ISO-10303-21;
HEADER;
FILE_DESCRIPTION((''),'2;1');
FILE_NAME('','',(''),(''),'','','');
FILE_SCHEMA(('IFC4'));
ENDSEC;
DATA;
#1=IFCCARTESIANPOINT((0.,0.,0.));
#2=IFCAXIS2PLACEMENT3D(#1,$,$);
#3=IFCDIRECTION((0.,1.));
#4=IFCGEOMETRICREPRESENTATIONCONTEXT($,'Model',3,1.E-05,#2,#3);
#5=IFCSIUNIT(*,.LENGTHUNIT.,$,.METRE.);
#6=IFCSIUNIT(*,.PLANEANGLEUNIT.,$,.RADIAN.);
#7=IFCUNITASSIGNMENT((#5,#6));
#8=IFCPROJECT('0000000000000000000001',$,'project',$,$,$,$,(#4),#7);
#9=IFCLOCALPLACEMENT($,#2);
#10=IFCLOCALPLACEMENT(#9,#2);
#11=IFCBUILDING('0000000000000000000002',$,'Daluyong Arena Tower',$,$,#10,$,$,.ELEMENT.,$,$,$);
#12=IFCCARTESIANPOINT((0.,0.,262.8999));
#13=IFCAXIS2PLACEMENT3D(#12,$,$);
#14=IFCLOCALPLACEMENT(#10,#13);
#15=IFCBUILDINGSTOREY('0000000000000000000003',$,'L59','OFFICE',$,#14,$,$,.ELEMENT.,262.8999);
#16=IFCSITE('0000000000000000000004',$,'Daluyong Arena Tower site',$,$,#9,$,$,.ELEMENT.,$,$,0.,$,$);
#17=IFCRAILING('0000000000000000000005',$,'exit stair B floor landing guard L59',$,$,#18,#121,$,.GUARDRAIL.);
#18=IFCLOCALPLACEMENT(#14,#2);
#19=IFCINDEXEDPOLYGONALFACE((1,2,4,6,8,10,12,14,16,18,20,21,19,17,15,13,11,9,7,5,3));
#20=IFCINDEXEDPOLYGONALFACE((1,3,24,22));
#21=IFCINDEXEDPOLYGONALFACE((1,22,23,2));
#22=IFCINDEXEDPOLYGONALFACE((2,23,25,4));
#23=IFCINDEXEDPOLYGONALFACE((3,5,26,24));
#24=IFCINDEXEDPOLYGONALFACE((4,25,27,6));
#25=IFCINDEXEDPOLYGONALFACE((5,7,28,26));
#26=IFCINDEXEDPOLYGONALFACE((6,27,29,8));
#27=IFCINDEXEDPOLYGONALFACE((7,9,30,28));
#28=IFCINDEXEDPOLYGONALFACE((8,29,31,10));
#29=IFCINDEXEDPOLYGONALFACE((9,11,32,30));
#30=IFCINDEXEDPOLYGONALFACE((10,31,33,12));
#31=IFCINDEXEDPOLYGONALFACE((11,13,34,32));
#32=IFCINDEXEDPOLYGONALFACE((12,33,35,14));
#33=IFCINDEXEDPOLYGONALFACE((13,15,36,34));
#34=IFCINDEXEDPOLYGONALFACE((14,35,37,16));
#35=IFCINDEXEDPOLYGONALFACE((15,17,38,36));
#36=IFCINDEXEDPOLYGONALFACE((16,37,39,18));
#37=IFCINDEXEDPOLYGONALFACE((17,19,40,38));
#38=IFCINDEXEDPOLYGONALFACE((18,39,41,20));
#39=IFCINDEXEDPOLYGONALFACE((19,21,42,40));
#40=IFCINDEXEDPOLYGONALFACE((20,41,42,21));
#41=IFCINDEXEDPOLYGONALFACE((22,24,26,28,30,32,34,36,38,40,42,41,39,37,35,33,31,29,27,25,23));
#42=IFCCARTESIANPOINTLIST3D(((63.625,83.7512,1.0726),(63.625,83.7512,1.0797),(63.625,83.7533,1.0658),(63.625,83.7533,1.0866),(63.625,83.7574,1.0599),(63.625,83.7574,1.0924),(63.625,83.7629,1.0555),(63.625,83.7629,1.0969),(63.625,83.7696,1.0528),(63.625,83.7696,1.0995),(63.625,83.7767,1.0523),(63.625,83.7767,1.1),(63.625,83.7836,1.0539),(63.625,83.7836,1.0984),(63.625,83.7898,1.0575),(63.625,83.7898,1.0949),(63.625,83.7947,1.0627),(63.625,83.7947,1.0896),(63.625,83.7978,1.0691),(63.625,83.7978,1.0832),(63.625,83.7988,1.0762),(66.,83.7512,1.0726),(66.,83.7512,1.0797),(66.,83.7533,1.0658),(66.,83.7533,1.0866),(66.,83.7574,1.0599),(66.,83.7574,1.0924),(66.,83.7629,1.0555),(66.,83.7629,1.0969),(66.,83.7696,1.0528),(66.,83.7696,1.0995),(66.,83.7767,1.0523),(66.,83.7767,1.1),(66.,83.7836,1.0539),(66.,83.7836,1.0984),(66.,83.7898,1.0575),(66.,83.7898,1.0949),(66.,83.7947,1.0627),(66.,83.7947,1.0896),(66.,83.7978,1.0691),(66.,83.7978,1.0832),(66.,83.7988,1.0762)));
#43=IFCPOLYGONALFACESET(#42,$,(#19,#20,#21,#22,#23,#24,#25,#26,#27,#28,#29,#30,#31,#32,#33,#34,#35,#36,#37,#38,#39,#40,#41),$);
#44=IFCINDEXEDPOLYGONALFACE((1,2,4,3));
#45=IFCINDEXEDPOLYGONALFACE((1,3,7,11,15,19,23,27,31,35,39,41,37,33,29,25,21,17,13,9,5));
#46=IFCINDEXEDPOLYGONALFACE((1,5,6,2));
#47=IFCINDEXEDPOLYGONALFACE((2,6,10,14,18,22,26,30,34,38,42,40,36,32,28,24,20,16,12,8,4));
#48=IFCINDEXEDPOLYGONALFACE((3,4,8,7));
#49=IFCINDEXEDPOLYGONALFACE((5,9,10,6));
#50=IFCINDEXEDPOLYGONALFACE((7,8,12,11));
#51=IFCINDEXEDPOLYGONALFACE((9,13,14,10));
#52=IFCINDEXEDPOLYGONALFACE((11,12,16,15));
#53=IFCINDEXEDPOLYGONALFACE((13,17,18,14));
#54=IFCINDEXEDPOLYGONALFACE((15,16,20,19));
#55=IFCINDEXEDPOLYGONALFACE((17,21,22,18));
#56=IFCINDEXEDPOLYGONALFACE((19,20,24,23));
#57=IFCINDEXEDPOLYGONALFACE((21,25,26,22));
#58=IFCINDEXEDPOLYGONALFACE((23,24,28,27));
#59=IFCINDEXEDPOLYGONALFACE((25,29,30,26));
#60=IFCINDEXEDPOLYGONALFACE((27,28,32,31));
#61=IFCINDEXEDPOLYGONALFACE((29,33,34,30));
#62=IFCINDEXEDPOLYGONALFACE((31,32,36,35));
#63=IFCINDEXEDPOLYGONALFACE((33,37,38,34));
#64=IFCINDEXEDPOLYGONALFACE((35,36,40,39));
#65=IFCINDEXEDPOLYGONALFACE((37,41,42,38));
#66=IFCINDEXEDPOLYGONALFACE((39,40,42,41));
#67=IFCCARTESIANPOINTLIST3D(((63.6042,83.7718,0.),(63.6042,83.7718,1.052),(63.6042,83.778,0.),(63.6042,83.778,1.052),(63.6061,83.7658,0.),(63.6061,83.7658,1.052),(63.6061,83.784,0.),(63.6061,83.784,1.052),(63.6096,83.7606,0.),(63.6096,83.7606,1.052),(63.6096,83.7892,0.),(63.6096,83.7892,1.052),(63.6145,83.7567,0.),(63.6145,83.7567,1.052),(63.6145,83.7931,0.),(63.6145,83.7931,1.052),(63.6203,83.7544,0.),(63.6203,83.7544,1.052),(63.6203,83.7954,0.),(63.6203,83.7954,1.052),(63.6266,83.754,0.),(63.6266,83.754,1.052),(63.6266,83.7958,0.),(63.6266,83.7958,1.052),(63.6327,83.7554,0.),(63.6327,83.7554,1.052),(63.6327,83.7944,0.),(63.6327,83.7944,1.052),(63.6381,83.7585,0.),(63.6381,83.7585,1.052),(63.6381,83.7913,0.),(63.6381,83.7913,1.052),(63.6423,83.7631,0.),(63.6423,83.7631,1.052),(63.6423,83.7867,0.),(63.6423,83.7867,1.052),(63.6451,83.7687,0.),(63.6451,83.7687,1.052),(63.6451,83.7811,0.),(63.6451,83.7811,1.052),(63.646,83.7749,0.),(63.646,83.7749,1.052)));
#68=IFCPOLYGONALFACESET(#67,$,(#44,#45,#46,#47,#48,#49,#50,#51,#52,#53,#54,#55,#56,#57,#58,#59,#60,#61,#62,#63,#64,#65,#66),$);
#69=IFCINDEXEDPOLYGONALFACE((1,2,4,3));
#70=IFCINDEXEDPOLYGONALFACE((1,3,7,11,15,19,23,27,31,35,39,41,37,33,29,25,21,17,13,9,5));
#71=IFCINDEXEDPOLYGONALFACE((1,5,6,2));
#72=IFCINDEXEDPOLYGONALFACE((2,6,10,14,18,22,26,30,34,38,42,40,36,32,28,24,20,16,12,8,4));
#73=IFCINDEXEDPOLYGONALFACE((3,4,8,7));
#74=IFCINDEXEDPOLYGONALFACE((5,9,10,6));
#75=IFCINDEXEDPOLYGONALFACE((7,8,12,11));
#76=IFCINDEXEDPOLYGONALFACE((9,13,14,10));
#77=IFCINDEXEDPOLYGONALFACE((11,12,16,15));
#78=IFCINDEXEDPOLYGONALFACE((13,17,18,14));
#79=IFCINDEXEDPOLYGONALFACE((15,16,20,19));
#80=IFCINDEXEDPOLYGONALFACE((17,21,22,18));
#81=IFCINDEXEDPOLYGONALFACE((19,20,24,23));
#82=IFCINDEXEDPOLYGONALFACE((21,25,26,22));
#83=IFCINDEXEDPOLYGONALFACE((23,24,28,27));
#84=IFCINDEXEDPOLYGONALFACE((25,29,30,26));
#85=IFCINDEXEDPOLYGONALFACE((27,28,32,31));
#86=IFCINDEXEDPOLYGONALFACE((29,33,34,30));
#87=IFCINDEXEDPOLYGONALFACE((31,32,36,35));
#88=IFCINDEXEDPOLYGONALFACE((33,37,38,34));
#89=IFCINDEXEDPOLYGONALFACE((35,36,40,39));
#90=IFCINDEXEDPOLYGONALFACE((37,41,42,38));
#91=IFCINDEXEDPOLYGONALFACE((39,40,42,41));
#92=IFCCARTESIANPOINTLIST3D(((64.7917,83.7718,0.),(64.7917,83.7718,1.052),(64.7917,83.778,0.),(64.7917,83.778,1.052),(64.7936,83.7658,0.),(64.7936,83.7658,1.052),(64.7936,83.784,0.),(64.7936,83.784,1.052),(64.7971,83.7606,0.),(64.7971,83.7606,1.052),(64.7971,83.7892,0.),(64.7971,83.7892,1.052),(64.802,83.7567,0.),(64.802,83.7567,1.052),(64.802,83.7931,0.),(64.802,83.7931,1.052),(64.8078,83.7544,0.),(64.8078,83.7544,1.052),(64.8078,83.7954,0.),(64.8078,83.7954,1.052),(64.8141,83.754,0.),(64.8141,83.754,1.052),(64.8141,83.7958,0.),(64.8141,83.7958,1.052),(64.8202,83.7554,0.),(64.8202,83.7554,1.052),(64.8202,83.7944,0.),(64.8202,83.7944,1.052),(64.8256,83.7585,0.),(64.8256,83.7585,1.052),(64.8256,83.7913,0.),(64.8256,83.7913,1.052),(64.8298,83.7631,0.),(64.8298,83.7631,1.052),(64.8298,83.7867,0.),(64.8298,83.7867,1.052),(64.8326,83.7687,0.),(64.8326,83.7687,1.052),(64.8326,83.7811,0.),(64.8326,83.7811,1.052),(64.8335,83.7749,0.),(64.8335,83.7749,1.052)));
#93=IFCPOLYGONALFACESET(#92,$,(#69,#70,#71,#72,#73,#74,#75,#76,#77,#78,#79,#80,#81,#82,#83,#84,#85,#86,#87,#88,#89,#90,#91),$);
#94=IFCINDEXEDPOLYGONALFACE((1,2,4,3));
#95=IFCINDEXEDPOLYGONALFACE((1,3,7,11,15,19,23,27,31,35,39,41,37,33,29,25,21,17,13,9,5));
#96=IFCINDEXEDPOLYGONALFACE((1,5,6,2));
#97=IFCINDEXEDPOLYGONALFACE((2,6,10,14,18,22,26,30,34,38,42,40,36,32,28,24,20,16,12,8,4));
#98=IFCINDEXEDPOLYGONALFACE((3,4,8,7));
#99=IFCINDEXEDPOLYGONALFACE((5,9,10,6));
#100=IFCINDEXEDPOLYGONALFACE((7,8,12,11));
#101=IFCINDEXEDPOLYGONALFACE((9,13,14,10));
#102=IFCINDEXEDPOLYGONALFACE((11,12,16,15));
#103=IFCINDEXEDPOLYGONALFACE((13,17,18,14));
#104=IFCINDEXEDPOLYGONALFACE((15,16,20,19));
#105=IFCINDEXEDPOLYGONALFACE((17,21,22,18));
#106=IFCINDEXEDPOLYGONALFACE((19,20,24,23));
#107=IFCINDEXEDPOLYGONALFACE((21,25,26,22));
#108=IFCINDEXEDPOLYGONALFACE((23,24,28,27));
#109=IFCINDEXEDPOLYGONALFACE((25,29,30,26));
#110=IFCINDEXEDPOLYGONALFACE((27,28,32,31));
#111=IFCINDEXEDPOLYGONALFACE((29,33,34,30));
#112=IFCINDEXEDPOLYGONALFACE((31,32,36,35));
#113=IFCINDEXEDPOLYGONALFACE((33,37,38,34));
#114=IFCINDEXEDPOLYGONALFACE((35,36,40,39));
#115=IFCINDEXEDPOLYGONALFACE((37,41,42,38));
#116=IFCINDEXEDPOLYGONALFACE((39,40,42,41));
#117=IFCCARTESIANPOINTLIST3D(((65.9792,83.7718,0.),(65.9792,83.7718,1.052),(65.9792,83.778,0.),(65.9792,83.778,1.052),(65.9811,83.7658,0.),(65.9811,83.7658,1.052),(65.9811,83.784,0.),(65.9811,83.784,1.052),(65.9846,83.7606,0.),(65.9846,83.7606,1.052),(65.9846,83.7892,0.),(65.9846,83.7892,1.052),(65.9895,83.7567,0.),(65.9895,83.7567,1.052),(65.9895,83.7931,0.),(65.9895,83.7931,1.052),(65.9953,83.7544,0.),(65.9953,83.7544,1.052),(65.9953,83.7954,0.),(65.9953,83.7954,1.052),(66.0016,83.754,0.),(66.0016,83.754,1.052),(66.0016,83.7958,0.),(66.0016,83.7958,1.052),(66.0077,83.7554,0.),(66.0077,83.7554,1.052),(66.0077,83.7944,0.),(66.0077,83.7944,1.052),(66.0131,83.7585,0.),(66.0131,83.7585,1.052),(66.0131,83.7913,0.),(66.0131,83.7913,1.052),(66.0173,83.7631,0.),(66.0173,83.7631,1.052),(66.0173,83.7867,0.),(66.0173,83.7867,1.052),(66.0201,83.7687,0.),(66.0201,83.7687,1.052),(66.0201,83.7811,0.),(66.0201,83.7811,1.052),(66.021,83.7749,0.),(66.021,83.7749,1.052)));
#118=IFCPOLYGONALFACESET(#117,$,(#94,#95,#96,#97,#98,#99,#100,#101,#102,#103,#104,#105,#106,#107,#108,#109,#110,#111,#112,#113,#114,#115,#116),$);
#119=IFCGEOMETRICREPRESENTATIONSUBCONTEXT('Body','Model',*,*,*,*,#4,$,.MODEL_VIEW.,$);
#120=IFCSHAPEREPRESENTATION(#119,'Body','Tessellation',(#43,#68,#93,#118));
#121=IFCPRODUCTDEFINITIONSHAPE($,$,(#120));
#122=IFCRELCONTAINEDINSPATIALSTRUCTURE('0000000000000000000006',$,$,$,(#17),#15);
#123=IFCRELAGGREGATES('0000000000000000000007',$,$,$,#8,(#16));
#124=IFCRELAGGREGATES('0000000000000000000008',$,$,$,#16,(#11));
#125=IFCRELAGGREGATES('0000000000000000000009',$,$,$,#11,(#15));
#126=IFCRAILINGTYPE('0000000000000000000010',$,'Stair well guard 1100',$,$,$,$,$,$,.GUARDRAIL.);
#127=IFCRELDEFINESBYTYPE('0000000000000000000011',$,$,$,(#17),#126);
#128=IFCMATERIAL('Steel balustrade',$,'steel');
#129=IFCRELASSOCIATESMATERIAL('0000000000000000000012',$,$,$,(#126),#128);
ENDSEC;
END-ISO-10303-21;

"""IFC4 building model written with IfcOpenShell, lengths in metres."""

from ifc_helpers import new_model, si_unit, direction, frame, origin, origin_2d, place, context, subcontext, project, spatial, circle, extrude, material, type_object, element, save


model = new_model("IFC4")

# Units and contexts
model_context = context("Model", 3, precision=1e-05, world=origin(), true_north=direction((0.0, 1.0)))
body_context = subcontext(model_context, "Body", "Model", "MODEL_VIEW")
ifc_project = project(units=[si_unit("LENGTHUNIT", "METRE"), si_unit("PLANEANGLEUNIT", "RADIAN")], contexts=[model_context])

# Site, building, storey
site_placement = place(None, origin())
site = spatial("IfcSite", under=ifc_project, at=site_placement, Name="Daluyong Arena Tower site", CompositionType="ELEMENT", RefElevation=0.0)
building_placement = place(site_placement, origin())
building = spatial("IfcBuilding", under=site, at=building_placement, Name="Daluyong Arena Tower", CompositionType="ELEMENT")
storey_placement = place(building_placement, frame((0.0, 0.0, 262.8999)))
storey = spatial("IfcBuildingStorey", under=building, at=storey_placement, Name="L59", Description="OFFICE", CompositionType="ELEMENT", Elevation=262.8999)

# Railing
ifc_material_1 = material(Name="Steel balustrade", Category="steel")
railing_type_1 = type_object("IfcRailingType", Name="Stair well guard 1100", PredefinedType="GUARDRAIL", material=ifc_material_1)
railing_1_placement = place(storey_placement, frame((63.625, 83.7749, 0.0)))
element("IfcRailing", 1, at=railing_1_placement, inside=storey, type_object=railing_type_1, Name="exit stair B floor landing guard L59", PredefinedType="GUARDRAIL", context=body_context, shape_type="SweptSolid", body=[
    extrude(circle(Radius=0.0239, at=origin_2d()), frame((0.0, 0.0, 1.0762), z_axis=(1.0, 0.0, 0.0), x_axis=(0.0, 1.0, 0.0)), (0.0, 0.0, 1.0), 2.375),
    extrude(circle(Radius=0.021, at=origin_2d()), origin(), (0.0, 0.0, 1.0), 1.052),
    extrude(circle(Radius=0.021, at=origin_2d()), frame((1.1875, 0.0, 0.0)), (0.0, 0.0, 1.0), 1.052),
    extrude(circle(Radius=0.021, at=origin_2d()), frame((2.375, 0.0, 0.0)), (0.0, 0.0, 1.0), 1.052),
])

save(model, "model.ifc")
